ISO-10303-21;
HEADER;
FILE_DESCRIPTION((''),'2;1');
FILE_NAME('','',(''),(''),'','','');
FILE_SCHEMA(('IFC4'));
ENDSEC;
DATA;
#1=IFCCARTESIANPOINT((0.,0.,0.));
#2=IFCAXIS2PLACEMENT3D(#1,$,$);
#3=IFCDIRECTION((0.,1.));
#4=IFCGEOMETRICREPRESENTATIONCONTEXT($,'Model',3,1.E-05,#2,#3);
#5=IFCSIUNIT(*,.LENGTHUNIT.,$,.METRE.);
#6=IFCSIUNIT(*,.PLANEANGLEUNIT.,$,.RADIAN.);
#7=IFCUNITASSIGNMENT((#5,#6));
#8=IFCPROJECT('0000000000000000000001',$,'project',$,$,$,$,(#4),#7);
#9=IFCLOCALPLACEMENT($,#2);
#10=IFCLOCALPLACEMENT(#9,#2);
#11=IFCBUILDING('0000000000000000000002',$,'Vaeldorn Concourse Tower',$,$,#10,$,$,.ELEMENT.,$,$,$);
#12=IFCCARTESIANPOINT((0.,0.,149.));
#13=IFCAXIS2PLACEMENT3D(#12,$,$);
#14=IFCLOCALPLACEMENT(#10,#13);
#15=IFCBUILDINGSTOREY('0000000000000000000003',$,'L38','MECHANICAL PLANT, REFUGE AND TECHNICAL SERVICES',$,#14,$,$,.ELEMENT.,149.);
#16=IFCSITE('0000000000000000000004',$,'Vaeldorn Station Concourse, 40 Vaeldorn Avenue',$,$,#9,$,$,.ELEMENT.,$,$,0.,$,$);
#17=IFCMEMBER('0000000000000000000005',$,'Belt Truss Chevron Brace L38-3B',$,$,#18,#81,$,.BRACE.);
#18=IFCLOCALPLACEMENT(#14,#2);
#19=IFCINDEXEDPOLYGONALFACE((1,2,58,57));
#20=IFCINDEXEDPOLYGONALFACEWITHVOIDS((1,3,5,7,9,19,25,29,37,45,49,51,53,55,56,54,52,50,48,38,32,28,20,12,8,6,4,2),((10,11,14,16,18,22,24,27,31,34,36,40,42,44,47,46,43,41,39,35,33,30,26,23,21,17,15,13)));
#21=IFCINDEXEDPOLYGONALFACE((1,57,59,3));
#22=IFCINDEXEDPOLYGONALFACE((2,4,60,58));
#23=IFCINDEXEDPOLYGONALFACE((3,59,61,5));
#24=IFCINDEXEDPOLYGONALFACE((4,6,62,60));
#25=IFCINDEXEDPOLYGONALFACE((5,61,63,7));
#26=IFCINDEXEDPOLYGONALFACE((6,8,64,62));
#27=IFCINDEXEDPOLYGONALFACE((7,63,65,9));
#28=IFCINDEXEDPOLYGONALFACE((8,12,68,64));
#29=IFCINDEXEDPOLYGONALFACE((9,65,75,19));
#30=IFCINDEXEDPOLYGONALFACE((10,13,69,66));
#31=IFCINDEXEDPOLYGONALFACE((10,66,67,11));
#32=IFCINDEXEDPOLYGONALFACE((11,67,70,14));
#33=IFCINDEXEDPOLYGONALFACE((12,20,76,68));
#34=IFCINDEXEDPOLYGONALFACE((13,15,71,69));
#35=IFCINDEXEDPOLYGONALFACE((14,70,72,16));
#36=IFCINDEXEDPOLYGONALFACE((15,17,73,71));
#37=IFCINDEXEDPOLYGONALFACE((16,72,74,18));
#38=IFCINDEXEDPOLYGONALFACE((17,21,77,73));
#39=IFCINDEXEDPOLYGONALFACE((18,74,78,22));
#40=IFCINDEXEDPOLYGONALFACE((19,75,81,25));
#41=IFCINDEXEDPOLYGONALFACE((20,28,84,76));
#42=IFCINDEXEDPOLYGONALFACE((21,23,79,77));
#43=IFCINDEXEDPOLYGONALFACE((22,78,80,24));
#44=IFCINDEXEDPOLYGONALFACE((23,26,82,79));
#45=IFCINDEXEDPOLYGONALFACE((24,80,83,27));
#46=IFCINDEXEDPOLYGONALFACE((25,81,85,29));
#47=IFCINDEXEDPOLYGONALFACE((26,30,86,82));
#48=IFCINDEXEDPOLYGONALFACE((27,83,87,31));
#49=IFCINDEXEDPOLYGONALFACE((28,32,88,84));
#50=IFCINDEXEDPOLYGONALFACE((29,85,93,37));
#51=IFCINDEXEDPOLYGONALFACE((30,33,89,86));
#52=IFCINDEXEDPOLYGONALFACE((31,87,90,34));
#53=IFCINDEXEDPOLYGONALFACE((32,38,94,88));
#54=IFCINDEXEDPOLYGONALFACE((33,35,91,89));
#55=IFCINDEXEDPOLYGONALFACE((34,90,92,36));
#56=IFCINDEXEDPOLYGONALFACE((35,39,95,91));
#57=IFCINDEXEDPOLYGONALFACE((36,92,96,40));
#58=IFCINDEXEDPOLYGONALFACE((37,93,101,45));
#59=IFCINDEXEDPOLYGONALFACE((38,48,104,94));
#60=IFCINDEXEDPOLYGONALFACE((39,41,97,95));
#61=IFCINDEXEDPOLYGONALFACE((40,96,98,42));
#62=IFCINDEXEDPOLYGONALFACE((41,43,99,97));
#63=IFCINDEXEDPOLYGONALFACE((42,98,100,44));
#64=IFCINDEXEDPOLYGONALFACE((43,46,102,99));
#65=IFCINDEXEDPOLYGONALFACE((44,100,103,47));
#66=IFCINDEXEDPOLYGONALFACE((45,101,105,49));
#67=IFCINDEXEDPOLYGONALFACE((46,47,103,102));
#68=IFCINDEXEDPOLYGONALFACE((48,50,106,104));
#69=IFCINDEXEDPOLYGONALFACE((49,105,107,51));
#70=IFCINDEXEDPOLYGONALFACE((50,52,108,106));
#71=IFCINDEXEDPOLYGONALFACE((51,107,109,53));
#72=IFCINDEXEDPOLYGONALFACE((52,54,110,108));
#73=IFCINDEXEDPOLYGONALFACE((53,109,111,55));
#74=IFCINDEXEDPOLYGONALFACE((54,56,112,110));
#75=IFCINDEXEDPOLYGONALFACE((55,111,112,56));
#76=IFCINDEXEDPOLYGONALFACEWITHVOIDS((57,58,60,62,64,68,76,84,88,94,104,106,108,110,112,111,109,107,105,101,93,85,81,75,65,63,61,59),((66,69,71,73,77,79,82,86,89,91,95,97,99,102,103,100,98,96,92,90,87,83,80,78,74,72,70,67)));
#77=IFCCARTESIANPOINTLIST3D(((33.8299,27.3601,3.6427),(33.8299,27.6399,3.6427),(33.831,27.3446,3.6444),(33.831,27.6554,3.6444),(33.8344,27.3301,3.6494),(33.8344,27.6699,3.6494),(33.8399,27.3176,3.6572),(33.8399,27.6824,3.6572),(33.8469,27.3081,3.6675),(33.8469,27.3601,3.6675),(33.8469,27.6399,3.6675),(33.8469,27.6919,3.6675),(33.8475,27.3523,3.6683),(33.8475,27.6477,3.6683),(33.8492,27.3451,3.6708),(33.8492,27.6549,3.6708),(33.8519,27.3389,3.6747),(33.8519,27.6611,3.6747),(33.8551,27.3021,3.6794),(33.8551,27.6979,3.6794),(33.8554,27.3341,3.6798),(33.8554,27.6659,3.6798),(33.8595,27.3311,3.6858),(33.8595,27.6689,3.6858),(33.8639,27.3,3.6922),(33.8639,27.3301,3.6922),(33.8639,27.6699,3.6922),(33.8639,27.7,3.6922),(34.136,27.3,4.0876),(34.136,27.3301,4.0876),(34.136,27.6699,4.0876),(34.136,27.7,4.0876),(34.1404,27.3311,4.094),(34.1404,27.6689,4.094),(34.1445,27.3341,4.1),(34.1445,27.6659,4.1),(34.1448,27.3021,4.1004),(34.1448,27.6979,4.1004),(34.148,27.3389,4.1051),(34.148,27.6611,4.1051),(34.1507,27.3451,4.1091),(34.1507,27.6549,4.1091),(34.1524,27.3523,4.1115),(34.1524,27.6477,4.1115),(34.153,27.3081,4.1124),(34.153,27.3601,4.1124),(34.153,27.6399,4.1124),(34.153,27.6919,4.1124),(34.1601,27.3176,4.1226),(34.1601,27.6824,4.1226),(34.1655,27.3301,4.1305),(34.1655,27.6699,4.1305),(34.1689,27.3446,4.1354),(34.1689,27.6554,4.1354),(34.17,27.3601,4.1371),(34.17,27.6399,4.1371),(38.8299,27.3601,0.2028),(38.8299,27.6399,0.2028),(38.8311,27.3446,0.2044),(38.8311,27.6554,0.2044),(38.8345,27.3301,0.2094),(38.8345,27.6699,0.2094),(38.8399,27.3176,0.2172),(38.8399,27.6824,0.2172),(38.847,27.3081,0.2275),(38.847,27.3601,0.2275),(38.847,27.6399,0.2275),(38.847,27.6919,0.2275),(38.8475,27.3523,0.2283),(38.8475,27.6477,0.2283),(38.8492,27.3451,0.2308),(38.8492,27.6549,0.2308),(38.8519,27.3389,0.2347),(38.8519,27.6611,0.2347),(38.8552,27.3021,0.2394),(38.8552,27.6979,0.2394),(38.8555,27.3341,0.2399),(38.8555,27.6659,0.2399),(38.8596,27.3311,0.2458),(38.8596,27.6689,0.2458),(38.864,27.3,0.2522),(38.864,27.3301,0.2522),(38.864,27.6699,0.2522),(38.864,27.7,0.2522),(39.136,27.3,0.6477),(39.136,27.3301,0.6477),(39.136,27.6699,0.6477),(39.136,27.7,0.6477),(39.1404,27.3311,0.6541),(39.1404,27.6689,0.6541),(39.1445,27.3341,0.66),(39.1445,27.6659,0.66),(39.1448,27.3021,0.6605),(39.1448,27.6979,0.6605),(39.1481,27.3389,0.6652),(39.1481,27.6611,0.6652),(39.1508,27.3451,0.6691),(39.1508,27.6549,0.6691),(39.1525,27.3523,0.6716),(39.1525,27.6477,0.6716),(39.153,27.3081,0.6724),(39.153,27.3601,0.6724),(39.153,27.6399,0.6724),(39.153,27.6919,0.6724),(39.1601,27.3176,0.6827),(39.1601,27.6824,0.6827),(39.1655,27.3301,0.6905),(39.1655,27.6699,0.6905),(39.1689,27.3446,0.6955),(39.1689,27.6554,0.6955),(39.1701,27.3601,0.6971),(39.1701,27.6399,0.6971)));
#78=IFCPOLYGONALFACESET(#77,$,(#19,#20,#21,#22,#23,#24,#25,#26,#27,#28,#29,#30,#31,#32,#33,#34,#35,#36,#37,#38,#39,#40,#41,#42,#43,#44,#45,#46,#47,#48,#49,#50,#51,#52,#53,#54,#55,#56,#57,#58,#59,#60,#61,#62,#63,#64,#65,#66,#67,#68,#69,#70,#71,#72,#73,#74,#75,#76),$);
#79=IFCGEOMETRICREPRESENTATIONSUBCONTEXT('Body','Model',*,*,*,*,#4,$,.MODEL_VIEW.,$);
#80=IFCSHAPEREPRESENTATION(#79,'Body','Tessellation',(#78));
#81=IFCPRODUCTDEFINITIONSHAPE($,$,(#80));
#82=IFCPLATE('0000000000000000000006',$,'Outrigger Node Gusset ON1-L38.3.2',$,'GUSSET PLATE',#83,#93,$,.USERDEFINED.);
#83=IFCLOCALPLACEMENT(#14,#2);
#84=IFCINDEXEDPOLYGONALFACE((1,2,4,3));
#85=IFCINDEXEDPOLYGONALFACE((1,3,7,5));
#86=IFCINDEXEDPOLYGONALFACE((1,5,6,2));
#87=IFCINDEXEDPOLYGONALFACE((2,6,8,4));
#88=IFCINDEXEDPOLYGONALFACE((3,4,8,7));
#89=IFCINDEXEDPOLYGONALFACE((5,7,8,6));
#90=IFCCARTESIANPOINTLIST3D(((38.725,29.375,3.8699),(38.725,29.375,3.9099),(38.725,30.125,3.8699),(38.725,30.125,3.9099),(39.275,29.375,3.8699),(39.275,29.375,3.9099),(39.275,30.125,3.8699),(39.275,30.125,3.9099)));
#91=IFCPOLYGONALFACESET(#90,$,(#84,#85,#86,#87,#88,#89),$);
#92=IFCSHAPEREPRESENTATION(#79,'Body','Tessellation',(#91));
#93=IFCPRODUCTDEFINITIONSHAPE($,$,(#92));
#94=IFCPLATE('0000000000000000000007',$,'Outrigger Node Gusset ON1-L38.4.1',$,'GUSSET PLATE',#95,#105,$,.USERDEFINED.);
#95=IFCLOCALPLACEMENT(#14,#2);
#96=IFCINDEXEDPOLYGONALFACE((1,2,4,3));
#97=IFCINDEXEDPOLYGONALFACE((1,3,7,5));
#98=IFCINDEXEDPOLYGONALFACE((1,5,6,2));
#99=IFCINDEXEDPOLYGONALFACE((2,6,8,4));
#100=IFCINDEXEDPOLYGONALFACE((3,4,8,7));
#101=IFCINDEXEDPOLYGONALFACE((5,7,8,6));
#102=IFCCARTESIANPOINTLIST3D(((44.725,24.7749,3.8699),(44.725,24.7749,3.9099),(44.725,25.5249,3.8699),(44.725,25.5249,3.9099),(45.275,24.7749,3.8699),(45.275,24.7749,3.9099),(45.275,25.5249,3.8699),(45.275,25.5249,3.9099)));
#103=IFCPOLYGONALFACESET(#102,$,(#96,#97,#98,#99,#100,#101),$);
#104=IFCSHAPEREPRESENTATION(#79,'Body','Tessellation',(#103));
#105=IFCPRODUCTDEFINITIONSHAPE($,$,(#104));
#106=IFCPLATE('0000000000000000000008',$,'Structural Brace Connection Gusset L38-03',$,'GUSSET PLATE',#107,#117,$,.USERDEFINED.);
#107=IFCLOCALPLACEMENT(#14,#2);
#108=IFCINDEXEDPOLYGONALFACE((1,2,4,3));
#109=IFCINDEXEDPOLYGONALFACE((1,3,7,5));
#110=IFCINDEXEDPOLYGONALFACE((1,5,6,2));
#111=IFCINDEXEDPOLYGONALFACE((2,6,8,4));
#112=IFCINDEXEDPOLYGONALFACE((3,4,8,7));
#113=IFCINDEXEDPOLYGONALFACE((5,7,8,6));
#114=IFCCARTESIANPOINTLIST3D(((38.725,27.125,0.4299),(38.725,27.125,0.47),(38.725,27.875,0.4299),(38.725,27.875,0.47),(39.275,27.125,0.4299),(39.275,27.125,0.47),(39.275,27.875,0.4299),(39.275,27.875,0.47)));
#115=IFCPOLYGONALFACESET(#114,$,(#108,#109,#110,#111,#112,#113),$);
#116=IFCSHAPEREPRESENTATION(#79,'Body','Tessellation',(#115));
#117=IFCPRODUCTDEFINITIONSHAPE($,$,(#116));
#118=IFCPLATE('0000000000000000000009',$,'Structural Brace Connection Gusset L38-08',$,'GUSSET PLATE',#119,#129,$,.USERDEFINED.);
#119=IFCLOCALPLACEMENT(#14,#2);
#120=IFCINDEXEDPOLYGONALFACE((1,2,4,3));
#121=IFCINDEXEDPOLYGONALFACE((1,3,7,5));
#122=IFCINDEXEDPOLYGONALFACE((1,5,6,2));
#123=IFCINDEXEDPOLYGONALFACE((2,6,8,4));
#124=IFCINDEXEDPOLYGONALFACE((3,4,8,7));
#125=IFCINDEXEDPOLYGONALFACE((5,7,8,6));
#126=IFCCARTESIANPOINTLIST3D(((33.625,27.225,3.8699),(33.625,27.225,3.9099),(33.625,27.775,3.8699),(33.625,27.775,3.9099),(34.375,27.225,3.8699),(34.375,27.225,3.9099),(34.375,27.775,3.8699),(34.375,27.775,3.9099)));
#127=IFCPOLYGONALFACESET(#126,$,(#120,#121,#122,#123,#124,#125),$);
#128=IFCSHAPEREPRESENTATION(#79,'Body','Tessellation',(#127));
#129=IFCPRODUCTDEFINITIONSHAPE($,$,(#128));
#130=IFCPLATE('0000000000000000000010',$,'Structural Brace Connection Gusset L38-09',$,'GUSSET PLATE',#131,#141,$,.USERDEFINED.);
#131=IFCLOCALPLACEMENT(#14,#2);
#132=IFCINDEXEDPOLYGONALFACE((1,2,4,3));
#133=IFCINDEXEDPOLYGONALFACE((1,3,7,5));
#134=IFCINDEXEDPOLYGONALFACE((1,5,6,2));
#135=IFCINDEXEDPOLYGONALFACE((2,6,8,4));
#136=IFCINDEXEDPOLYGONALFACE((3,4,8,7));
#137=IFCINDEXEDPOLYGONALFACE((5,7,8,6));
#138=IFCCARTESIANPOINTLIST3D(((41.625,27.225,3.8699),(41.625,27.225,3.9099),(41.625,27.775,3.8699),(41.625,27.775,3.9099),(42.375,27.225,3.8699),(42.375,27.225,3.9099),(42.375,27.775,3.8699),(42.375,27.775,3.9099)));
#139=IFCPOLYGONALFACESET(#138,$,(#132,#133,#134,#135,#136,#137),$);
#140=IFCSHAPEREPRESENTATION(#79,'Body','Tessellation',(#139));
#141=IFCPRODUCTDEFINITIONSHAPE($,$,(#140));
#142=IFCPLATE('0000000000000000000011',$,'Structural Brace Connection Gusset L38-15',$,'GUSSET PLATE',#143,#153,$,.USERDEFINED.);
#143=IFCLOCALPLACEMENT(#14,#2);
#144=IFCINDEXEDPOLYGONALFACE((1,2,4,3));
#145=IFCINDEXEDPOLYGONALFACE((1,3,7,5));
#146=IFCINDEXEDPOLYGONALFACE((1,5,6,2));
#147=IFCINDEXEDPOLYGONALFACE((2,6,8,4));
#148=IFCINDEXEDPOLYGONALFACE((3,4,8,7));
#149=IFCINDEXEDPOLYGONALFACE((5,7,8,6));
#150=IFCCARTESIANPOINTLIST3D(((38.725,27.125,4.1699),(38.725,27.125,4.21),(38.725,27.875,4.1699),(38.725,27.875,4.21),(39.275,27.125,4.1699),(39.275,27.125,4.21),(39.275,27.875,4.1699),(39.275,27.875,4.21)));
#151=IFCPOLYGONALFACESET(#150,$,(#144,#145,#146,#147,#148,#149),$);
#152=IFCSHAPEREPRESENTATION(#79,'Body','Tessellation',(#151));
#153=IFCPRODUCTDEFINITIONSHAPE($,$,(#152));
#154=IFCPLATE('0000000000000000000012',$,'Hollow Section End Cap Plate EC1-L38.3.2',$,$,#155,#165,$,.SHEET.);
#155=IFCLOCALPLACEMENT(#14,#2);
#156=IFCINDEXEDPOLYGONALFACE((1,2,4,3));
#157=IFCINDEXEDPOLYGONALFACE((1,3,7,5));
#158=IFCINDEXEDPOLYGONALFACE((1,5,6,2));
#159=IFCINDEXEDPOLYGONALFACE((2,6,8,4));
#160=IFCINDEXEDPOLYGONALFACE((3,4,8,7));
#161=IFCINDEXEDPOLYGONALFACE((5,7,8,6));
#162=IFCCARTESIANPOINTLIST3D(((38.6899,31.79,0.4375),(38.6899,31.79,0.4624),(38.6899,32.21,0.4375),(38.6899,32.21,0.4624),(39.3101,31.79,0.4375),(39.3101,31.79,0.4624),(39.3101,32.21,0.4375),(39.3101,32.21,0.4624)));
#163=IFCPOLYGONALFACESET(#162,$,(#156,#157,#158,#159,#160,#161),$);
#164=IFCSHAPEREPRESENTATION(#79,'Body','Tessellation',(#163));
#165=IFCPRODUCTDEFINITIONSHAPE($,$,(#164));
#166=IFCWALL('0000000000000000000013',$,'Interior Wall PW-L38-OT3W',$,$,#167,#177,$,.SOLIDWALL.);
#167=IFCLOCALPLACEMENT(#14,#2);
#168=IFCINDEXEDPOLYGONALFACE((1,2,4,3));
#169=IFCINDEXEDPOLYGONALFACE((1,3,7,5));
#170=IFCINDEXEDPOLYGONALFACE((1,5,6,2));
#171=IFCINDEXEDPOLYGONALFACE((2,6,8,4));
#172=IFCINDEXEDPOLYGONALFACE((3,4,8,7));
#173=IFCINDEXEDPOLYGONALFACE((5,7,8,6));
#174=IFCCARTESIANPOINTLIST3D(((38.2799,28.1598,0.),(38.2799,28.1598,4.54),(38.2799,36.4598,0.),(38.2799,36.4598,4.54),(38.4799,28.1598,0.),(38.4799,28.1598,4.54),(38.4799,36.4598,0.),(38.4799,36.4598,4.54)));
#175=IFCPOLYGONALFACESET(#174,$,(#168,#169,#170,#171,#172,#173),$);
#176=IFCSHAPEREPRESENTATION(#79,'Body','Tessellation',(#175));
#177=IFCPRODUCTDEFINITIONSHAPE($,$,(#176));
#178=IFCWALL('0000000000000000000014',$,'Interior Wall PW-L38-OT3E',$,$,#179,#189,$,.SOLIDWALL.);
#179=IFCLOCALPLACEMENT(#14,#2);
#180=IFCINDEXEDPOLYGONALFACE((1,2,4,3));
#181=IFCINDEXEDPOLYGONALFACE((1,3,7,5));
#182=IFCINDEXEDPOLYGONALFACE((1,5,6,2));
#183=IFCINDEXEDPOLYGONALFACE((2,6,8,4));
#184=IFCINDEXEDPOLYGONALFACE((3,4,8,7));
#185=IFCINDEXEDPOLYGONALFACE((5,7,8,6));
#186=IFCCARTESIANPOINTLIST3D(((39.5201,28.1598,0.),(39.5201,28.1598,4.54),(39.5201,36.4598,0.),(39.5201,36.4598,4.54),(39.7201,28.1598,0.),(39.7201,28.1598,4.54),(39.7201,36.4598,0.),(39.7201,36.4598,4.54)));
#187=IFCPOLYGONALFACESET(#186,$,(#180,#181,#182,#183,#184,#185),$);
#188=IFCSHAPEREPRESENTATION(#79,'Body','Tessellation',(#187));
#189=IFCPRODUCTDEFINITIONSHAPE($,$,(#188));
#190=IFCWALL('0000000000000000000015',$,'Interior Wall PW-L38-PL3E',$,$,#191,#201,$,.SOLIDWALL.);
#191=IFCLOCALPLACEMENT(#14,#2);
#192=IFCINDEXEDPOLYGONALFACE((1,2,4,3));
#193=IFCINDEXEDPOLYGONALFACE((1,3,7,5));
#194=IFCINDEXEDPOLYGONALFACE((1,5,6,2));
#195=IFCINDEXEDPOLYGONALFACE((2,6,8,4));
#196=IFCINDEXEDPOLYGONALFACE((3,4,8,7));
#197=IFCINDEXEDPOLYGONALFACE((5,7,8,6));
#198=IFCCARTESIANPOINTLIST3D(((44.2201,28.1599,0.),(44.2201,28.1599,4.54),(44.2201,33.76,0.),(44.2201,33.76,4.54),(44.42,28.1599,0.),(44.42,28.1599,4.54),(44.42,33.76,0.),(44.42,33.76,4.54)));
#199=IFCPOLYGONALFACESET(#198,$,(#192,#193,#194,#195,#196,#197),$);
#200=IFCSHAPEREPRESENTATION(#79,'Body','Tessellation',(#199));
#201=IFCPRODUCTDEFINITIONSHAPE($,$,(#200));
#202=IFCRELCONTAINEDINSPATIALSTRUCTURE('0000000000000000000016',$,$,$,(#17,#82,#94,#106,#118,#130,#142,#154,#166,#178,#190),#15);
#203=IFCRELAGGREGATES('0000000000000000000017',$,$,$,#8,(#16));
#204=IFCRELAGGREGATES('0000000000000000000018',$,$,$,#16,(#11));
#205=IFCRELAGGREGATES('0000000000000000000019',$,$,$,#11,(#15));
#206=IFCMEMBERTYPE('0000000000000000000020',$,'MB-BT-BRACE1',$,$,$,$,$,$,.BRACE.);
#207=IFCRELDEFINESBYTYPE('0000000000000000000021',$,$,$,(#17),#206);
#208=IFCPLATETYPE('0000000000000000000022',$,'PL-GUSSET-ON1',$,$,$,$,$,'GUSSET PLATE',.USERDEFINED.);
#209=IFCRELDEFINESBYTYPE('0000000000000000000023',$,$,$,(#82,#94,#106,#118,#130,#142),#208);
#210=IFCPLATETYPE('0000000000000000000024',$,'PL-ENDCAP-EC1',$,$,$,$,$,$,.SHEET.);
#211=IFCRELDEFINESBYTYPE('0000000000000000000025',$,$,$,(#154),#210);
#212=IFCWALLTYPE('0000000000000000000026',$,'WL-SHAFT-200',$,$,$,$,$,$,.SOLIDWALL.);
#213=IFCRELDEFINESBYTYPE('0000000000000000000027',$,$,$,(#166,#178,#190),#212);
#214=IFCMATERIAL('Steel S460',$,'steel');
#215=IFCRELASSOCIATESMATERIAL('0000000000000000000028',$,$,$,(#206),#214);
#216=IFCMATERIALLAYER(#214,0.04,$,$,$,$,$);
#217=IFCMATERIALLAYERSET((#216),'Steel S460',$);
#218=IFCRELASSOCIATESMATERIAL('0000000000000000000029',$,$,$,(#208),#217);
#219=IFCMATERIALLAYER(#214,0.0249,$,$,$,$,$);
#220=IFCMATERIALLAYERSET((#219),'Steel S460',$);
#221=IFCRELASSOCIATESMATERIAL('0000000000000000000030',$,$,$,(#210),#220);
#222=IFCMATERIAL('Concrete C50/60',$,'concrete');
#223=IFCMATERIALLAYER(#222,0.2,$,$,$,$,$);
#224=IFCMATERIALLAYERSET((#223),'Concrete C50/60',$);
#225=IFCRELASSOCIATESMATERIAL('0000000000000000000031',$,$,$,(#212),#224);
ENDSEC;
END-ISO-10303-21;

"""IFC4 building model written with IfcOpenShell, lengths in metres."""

from ifc_helpers import new_model, si_unit, direction, frame, frame_2d, origin, origin_2d, place, context, subcontext, project, spatial, rectangle, hollow_rectangle, extrude, source, transform, mapped, material, layer, layer_set, material_profile, profile_set, type_object, element, save


model = new_model("IFC4")

# Units and contexts
model_context = context("Model", 3, precision=1e-05, world=origin(), true_north=direction((0.0, 1.0)))
body_context = subcontext(model_context, "Body", "Model", "MODEL_VIEW")
ifc_project = project(units=[si_unit("LENGTHUNIT", "METRE"), si_unit("PLANEANGLEUNIT", "RADIAN")], contexts=[model_context])

# Site, building, storey
site_placement = place(None, origin())
site = spatial("IfcSite", under=ifc_project, at=site_placement, Name="Vaeldorn Station Concourse, 40 Vaeldorn Avenue", CompositionType="ELEMENT", RefElevation=0.0)
building_placement = place(site_placement, origin())
building = spatial("IfcBuilding", under=site, at=building_placement, Name="Vaeldorn Concourse Tower", CompositionType="ELEMENT")
storey_placement = place(building_placement, frame((0.0, 0.0, 149.0)))
storey = spatial("IfcBuildingStorey", under=building, at=storey_placement, Name="L38", Description="MECHANICAL PLANT, REFUGE AND TECHNICAL SERVICES", CompositionType="ELEMENT", Elevation=149.0)

# Shared definitions
ifc_material_1 = material(Name="Steel S460", Category="steel")

# Member
ifc_material_profile_1 = material_profile(ifc_material_1, hollow_rectangle(XDim=0.3999, YDim=0.6001, WallThickness=0.03, InnerFilletRadius=0.03, OuterFilletRadius=0.0601, at=origin_2d()), Name="RHS 600x400x30")
ifc_profile_set_1 = profile_set([ifc_material_profile_1], Name="Steel S460")
member_type_1 = type_object("IfcMemberType", Name="MB-BT-BRACE1", PredefinedType="BRACE", material=ifc_profile_set_1)
shared_shape_1 = source(origin(), body_context, "Body", "SweptSolid", [
    extrude(hollow_rectangle(XDim=0.3999, YDim=0.6001, WallThickness=0.03, InnerFilletRadius=0.03, OuterFilletRadius=0.0601, at=origin_2d()), origin(), (0.0, 0.0, 1.0), 6.0691),
])
member_1_placement = place(storey_placement, frame((39.0, 27.5, 0.45), z_axis=(-0.823854, 0.0, 0.566802), x_axis=(0.0, -1.0, 0.0)))
element("IfcMember", 1, at=member_1_placement, inside=storey, type_object=member_type_1, Name="Belt Truss Chevron Brace L38-3B", PredefinedType="BRACE", context=body_context, shape_type="MappedRepresentation", body=[
    mapped(shared_shape_1, transform((0.0, 0.0, 0.0), scale=1.0)),
])

# Plates
ifc_layer_1 = layer(ifc_material_1, 0.04)
ifc_layer_set_1 = layer_set([ifc_layer_1], Name="Steel S460")
plate_type_1 = type_object("IfcPlateType", Name="PL-GUSSET-ON1", ElementType="GUSSET PLATE", PredefinedType="USERDEFINED", material=ifc_layer_set_1)
shared_shape_2 = source(origin(), body_context, "Body", "SweptSolid", [
    extrude(rectangle(XDim=0.75, YDim=0.55, at=origin_2d()), origin(), (0.0, 0.0, 1.0), 0.04),
])
for number, where, z_axis, x_axis, name in (
    (2, (39.0, 29.75, 3.8699), (0.0, 0.0, 1.0), (0.0, 1.0, 0.0), "Outrigger Node Gusset ON1-L38.3.2"),
    (3, (45.0, 25.1499, 3.8699), (0.0, 0.0, 1.0), (0.0, 1.0, 0.0), "Outrigger Node Gusset ON1-L38.4.1"),
    (4, (39.0, 27.5, 0.4299), (0.0, 0.0, 1.0), (0.0, 1.0, 0.0), "Structural Brace Connection Gusset L38-03"),
    (5, (34.0, 27.5, 3.8699), (0.0, 0.0, 1.0), (1.0, 0.0, 0.0), "Structural Brace Connection Gusset L38-08"),
    (6, (42.0, 27.5, 3.8699), (0.0, 0.0, 1.0), (1.0, 0.0, 0.0), "Structural Brace Connection Gusset L38-09"),
    (7, (39.0, 27.5, 4.1699), (0.0, 0.0, 1.0), (0.0, 1.0, 0.0), "Structural Brace Connection Gusset L38-15"),
):
    element("IfcPlate", number, at=place(storey_placement, frame(where, z_axis=z_axis, x_axis=x_axis)), inside=storey, type_object=plate_type_1, Name=name, ObjectType="GUSSET PLATE", PredefinedType="USERDEFINED", context=body_context, shape_type="MappedRepresentation", body=[
        mapped(shared_shape_2, transform((0.0, 0.0, 0.0), scale=1.0)),
    ])
ifc_layer_2 = layer(ifc_material_1, 0.0249)
ifc_layer_set_2 = layer_set([ifc_layer_2], Name="Steel S460")
plate_type_2 = type_object("IfcPlateType", Name="PL-ENDCAP-EC1", PredefinedType="SHEET", material=ifc_layer_set_2)
shared_shape_3 = source(origin(), body_context, "Body", "SweptSolid", [
    extrude(rectangle(XDim=0.6201, YDim=0.4199, at=origin_2d()), origin(), (0.0, 0.0, 1.0), 0.0249),
])
plate_placement = place(storey_placement, frame((39.0, 32.0, 0.4375), z_axis=(0.0, 0.0, 1.0), x_axis=(1.0, 0.0, 0.0)))
element("IfcPlate", 8, at=plate_placement, inside=storey, type_object=plate_type_2, Name="Hollow Section End Cap Plate EC1-L38.3.2", PredefinedType="SHEET", context=body_context, shape_type="MappedRepresentation", body=[
    mapped(shared_shape_3, transform((0.0, 0.0, 0.0), scale=1.0)),
])

# Walls
ifc_material_2 = material(Name="Concrete C50/60", Category="concrete")
ifc_layer_3 = layer(ifc_material_2, 0.2)
ifc_layer_set_3 = layer_set([ifc_layer_3], Name="Concrete C50/60")
wall_type = type_object("IfcWallType", Name="WL-SHAFT-200", PredefinedType="SOLIDWALL", material=ifc_layer_set_3)
for number, where, z_axis, x_axis, name in (
    (9, (38.3799, 28.1599, 0.0), (0.0, 0.0, 1.0), (0.0, 1.0, 0.0), "Interior Wall PW-L38-OT3W"),
    (10, (39.6201, 28.1599, 0.0), (0.0, 0.0, 1.0), (0.0, 1.0, 0.0), "Interior Wall PW-L38-OT3E"),
):
    element("IfcWall", number, at=place(storey_placement, frame(where, z_axis=z_axis, x_axis=x_axis)), inside=storey, type_object=wall_type, Name=name, PredefinedType="SOLIDWALL", context=body_context, shape_type="SweptSolid", body=[
        extrude(rectangle(XDim=8.3, YDim=0.2, at=frame_2d((4.1499, 0.0))), origin(), (0.0, 0.0, 1.0), 4.54),
    ])
wall_placement = place(storey_placement, frame((44.3201, 28.1599, 0.0), z_axis=(0.0, 0.0, 1.0), x_axis=(0.0, 1.0, 0.0)))
element("IfcWall", 11, at=wall_placement, inside=storey, type_object=wall_type, Name="Interior Wall PW-L38-PL3E", PredefinedType="SOLIDWALL", context=body_context, shape_type="SweptSolid", body=[
    extrude(rectangle(XDim=5.6001, YDim=0.2, at=frame_2d((2.8, 0.0))), origin(), (0.0, 0.0, 1.0), 4.54),
])

save(model, "model.ifc")
